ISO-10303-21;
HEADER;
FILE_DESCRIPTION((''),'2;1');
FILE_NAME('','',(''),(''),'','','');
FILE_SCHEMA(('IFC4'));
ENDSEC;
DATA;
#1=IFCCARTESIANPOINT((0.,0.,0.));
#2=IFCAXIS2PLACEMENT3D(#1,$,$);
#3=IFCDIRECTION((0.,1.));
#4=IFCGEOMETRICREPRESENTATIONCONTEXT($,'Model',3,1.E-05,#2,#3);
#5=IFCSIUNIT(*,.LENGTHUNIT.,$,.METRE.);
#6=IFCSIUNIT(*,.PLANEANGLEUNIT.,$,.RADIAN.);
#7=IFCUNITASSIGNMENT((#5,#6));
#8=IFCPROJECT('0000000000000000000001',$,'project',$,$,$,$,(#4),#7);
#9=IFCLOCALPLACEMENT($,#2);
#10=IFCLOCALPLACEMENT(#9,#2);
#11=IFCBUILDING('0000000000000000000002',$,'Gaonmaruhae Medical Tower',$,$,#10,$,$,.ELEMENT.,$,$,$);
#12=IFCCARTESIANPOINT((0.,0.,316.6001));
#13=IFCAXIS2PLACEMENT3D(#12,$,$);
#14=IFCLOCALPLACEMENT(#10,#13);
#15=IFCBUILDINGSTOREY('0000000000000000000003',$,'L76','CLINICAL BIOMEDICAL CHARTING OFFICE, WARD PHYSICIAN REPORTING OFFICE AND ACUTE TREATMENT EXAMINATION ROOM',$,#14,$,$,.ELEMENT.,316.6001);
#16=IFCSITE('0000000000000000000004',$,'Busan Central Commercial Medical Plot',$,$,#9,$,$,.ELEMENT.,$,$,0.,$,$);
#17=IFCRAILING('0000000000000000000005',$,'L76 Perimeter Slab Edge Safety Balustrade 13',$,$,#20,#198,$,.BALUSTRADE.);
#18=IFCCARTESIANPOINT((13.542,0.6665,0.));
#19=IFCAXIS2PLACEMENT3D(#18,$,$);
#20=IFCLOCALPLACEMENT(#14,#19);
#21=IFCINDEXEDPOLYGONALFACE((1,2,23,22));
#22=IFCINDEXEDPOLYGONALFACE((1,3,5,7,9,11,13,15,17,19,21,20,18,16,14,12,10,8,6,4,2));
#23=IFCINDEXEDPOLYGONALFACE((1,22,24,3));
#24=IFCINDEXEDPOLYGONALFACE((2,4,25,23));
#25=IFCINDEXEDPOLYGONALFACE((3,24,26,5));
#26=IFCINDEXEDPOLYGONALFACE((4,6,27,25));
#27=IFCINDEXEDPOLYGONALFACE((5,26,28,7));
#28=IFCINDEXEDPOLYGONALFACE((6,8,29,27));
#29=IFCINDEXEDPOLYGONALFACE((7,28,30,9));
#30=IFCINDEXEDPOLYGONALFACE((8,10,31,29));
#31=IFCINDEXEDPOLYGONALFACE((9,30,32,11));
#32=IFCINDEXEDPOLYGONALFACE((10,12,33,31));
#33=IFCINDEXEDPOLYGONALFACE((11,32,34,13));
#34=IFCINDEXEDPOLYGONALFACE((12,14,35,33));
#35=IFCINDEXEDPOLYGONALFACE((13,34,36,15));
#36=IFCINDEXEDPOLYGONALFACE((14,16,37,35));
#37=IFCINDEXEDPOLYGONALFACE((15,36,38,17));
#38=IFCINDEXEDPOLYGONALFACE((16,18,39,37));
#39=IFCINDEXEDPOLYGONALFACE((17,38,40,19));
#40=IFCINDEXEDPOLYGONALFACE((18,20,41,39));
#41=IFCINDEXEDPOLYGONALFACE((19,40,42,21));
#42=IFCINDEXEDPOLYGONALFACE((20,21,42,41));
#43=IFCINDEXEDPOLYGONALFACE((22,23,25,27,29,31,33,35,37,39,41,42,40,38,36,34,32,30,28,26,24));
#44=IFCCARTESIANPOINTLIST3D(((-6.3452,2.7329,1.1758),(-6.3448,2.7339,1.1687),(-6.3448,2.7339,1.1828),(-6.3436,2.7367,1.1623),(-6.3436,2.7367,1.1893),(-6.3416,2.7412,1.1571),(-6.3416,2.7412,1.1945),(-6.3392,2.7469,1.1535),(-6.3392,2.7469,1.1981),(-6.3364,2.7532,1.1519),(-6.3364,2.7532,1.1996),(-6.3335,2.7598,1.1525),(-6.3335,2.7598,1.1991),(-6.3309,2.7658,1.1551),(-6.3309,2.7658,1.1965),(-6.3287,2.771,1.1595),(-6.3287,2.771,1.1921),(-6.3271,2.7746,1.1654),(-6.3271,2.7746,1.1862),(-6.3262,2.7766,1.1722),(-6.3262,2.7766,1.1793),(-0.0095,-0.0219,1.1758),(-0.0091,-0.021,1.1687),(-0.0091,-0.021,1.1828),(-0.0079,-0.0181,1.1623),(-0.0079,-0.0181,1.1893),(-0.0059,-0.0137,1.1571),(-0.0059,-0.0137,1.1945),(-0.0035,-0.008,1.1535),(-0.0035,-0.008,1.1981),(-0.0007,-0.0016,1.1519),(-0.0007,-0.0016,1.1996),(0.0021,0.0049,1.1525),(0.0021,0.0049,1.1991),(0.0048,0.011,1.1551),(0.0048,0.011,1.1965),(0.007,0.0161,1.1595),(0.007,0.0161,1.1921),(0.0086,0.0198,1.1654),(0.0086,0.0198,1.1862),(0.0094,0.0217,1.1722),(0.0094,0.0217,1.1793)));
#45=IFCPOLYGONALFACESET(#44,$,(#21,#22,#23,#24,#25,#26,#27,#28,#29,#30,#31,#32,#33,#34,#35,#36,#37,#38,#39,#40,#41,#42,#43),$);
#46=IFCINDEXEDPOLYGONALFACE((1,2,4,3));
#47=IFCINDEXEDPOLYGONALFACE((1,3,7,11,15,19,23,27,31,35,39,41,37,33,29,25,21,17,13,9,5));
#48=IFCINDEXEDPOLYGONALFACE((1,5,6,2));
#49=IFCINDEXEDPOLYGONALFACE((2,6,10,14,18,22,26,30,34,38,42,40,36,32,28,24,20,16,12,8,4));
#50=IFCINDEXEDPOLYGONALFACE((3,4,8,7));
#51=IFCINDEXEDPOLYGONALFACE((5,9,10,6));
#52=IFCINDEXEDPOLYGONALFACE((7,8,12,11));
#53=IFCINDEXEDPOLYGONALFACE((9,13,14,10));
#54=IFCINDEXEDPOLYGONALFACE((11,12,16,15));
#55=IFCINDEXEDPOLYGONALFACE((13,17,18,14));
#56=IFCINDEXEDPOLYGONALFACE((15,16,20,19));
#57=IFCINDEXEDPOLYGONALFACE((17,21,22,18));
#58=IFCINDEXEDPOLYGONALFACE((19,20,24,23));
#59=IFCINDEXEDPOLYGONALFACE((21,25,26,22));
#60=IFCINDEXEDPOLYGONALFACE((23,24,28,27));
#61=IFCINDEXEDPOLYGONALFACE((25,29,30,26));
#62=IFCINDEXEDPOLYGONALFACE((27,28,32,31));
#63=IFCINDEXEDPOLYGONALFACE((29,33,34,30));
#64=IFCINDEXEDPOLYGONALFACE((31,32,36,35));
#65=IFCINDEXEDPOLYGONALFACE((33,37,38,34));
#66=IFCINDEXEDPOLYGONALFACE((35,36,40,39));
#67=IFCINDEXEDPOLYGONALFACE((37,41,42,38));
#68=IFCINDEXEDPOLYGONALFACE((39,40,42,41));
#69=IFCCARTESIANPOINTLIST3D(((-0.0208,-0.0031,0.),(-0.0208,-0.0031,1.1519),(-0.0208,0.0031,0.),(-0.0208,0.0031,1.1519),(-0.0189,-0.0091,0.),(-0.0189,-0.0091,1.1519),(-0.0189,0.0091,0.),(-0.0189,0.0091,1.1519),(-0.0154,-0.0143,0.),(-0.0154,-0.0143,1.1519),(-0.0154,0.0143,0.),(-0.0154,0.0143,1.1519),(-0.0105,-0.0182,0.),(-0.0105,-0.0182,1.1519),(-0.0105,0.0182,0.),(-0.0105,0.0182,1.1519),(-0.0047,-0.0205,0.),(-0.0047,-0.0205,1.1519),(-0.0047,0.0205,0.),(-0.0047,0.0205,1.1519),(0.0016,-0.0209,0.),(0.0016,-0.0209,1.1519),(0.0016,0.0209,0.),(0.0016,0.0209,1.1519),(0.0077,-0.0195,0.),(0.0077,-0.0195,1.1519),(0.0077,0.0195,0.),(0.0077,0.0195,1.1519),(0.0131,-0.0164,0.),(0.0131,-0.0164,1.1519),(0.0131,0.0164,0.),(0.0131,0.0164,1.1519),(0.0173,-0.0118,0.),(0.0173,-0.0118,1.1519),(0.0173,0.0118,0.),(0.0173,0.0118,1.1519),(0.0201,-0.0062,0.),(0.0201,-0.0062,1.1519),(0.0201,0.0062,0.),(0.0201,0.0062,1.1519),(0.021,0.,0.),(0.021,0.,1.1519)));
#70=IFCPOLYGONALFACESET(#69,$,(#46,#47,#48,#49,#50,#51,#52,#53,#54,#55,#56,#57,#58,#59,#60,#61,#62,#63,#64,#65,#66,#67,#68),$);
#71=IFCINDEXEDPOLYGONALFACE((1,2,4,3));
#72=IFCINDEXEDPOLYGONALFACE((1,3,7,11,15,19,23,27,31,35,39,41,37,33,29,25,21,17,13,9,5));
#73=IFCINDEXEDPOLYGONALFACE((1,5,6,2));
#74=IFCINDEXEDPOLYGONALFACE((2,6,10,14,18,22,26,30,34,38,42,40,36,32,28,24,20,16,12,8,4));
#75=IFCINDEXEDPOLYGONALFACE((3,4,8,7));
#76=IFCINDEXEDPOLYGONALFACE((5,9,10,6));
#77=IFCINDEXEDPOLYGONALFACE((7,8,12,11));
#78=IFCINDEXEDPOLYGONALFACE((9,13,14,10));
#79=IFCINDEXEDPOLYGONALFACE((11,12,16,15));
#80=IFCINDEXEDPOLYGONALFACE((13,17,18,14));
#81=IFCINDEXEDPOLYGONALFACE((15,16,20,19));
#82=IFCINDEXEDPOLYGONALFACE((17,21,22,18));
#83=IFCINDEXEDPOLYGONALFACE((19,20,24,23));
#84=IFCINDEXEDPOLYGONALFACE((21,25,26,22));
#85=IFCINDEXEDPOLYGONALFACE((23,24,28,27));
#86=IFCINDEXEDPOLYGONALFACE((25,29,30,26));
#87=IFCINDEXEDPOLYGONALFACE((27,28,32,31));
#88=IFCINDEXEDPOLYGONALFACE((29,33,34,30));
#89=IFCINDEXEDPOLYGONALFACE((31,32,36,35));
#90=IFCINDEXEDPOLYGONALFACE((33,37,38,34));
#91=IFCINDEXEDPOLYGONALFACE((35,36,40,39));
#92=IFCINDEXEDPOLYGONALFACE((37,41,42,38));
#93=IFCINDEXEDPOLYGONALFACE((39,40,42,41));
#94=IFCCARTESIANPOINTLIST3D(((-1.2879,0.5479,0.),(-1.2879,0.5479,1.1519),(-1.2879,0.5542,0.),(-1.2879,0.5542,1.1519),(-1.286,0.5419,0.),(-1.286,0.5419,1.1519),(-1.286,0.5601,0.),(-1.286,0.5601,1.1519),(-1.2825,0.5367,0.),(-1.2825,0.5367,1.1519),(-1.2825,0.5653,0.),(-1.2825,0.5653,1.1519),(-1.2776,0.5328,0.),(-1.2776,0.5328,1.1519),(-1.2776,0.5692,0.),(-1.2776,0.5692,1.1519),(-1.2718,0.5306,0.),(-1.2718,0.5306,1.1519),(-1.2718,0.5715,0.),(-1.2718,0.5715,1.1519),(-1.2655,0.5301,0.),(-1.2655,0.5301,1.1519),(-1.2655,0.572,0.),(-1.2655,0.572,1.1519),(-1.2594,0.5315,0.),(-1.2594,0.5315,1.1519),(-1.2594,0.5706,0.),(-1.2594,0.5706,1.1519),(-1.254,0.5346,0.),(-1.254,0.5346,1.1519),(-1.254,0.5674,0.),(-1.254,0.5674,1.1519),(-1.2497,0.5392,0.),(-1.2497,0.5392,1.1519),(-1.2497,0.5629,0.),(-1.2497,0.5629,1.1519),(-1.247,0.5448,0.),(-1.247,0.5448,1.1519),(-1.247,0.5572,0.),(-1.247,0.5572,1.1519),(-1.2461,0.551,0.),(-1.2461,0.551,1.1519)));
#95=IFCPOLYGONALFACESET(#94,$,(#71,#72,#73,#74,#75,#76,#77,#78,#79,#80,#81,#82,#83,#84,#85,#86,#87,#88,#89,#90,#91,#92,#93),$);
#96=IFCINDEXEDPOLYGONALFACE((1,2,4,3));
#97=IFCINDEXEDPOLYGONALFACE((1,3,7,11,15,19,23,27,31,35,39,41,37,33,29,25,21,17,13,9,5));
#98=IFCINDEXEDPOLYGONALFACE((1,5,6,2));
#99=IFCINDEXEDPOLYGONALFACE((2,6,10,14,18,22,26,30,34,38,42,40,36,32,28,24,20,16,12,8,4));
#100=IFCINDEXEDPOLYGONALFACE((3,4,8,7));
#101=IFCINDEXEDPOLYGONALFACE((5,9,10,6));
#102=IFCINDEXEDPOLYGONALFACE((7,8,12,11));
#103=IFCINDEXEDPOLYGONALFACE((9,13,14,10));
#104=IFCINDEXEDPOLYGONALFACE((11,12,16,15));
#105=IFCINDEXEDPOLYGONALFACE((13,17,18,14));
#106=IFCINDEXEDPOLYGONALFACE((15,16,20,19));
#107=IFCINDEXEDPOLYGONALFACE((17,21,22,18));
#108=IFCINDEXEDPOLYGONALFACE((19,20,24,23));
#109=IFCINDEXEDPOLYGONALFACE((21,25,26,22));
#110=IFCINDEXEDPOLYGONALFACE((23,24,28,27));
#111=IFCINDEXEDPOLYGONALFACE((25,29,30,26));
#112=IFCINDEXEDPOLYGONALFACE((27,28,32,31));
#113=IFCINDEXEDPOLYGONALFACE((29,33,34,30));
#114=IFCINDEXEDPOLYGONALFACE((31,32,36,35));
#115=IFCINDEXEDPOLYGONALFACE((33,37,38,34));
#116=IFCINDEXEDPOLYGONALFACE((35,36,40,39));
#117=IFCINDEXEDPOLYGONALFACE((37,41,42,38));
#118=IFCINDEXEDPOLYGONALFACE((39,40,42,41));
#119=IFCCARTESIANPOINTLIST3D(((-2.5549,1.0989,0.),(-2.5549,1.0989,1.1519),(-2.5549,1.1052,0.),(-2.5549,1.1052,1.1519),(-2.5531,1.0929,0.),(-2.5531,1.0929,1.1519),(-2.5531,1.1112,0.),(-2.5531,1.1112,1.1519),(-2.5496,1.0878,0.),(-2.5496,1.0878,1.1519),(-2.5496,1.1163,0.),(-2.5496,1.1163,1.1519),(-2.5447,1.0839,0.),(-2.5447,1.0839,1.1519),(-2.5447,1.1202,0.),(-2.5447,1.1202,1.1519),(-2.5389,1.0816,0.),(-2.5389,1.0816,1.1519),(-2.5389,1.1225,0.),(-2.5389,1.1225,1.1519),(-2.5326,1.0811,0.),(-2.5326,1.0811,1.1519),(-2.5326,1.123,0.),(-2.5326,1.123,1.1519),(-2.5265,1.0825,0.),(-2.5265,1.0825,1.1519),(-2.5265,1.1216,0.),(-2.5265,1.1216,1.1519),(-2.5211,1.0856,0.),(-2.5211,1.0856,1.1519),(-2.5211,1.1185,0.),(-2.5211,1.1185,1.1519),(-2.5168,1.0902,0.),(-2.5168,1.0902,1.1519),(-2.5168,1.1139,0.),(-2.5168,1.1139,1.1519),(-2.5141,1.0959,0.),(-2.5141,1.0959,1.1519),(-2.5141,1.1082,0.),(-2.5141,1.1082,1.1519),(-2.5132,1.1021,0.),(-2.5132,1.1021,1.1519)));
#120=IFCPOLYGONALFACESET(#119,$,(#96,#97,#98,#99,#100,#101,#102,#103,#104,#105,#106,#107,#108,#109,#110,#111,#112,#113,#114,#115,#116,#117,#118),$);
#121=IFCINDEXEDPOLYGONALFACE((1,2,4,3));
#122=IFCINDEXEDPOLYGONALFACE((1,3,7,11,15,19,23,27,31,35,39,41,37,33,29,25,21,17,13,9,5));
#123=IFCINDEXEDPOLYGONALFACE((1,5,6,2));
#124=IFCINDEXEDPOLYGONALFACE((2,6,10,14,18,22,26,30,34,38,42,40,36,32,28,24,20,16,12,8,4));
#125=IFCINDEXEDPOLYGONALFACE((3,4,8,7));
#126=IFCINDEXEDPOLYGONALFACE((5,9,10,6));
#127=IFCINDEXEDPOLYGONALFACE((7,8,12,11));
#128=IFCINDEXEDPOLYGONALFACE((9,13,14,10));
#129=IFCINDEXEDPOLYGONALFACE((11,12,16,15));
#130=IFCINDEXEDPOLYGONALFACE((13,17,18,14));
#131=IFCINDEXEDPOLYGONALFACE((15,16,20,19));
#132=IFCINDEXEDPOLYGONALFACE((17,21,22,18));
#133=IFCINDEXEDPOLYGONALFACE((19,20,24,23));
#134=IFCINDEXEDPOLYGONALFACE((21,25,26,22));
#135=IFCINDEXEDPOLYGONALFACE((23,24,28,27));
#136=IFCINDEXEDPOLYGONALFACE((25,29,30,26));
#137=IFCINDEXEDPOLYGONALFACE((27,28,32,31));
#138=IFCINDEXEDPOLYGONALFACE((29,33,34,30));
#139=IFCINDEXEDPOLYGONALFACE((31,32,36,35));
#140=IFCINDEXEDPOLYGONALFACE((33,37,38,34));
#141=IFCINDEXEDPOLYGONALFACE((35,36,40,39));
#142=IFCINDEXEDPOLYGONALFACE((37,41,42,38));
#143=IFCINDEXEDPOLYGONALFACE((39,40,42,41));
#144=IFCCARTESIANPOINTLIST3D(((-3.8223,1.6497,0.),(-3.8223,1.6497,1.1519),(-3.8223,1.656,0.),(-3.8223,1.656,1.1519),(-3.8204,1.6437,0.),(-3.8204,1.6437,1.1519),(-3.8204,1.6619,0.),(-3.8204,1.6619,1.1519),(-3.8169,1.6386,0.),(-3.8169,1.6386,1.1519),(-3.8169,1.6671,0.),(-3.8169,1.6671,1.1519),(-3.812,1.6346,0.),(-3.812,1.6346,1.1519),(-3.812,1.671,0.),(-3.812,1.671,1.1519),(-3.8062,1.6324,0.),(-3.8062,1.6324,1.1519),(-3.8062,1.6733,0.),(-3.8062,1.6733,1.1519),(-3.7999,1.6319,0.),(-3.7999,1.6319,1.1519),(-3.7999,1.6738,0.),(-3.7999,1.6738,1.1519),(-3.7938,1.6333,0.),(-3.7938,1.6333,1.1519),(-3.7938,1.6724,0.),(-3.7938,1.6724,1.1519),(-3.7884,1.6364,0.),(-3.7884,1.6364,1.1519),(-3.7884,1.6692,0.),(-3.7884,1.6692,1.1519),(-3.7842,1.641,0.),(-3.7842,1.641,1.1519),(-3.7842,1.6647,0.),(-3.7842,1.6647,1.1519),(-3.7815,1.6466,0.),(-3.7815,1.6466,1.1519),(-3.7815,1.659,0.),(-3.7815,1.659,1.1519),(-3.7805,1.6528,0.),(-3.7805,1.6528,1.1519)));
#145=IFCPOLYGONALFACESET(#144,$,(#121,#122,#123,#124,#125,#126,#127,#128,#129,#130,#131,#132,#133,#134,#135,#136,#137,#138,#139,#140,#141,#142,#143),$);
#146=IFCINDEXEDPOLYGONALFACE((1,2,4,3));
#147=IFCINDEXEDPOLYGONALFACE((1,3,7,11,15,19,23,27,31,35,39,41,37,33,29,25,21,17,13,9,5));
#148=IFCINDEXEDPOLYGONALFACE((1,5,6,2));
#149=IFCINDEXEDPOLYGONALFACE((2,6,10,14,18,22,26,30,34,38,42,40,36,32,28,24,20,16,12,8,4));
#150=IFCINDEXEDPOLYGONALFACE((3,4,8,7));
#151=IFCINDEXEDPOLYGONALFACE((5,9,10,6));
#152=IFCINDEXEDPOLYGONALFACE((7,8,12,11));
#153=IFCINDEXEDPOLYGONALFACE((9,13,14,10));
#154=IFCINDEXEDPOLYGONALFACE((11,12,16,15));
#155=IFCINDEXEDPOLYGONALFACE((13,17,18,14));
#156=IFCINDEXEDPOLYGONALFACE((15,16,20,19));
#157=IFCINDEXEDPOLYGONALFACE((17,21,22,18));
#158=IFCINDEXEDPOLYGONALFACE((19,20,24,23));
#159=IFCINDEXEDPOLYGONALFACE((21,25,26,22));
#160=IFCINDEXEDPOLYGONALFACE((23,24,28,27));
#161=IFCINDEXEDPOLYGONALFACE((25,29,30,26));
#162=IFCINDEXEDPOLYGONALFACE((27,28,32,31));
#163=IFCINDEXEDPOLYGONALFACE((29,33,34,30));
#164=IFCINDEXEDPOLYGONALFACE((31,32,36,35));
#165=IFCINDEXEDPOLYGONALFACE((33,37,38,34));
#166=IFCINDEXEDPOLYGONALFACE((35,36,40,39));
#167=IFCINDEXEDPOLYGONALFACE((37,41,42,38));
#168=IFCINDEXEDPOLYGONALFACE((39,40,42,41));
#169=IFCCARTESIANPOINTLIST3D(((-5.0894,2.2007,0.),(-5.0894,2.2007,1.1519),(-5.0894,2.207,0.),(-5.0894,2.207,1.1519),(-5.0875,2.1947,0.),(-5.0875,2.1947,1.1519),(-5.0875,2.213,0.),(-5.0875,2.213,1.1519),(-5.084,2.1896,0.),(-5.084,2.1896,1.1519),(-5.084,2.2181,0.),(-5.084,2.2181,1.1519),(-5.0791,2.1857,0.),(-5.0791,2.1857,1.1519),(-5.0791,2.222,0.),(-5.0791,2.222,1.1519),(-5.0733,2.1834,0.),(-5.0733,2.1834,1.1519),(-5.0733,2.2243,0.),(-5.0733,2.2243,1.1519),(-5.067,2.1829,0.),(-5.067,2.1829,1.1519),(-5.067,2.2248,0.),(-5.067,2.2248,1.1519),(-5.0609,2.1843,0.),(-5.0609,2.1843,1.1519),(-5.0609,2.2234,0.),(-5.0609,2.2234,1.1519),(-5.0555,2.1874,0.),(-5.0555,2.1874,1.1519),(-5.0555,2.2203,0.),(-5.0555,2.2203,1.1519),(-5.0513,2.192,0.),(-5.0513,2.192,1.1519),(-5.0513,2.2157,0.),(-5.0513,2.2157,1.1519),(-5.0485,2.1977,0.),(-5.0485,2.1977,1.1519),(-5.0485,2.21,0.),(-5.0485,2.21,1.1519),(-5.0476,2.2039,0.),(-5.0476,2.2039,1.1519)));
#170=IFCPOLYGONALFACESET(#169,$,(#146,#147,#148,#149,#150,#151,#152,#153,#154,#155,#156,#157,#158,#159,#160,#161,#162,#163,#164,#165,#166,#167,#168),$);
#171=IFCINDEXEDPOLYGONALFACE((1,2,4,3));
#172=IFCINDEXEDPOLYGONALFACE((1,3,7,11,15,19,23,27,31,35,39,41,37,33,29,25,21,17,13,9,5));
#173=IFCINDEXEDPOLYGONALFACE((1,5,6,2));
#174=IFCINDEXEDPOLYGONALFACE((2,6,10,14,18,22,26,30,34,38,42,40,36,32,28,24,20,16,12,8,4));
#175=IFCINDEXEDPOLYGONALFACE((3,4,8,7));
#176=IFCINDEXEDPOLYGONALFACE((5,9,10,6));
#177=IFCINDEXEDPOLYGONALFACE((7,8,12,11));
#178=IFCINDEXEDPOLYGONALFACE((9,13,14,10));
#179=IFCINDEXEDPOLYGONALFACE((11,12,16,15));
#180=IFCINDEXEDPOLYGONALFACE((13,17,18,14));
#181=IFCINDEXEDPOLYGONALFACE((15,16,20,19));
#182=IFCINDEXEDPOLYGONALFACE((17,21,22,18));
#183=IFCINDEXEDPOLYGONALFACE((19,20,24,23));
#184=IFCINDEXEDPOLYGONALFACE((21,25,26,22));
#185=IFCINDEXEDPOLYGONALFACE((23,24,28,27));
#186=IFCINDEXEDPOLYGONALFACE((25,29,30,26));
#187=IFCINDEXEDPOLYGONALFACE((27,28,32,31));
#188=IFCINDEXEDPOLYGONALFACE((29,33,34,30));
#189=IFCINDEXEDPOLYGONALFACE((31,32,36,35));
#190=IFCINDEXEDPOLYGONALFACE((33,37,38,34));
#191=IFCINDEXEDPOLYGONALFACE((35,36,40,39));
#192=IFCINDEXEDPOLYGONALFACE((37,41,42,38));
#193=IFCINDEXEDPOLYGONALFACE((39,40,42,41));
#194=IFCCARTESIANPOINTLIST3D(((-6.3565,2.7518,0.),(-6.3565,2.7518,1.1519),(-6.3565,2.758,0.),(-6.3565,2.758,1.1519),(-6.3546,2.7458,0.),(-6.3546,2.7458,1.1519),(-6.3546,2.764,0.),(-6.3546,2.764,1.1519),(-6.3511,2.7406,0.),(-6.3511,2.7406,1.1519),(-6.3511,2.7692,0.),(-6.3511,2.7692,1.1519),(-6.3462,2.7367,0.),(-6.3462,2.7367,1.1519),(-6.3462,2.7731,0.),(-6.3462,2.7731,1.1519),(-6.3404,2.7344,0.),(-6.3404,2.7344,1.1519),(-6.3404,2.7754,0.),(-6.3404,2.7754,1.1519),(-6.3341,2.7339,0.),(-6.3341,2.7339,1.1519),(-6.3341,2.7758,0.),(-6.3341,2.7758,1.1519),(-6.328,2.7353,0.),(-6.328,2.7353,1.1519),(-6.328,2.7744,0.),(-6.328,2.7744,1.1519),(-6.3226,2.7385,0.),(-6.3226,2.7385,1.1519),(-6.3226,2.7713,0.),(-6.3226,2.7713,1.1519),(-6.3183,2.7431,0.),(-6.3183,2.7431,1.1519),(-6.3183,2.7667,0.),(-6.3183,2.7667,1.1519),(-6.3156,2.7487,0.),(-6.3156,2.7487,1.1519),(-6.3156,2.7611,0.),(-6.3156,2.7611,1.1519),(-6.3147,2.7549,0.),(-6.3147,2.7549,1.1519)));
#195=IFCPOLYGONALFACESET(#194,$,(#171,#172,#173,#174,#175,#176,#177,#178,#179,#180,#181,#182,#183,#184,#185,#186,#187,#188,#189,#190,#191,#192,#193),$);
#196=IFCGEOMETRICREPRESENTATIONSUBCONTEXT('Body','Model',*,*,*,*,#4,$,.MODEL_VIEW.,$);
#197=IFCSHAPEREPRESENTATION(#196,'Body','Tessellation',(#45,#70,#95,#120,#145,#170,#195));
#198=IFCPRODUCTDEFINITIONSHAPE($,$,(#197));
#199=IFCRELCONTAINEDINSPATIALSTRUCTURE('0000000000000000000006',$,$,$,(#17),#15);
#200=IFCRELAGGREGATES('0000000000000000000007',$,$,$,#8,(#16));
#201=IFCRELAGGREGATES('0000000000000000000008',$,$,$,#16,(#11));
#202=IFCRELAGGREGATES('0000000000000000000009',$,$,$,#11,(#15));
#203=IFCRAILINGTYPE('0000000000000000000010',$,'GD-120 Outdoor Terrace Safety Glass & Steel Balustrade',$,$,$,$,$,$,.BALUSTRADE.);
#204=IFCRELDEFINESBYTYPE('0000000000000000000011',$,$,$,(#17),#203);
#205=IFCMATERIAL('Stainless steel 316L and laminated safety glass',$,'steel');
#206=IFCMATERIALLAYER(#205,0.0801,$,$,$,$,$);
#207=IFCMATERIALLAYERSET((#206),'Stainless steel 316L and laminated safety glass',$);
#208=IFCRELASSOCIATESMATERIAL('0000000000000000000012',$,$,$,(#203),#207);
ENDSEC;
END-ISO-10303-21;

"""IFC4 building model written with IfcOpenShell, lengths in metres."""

from ifc_helpers import new_model, si_unit, direction, frame, origin, origin_2d, place, context, subcontext, project, spatial, circle, extrude, material, layer, layer_set, type_object, element, save


model = new_model("IFC4")

# Units and contexts
model_context = context("Model", 3, precision=1e-05, world=origin(), true_north=direction((0.0, 1.0)))
body_context = subcontext(model_context, "Body", "Model", "MODEL_VIEW")
ifc_project = project(units=[si_unit("LENGTHUNIT", "METRE"), si_unit("PLANEANGLEUNIT", "RADIAN")], contexts=[model_context])

# Site, building, storey
site_placement = place(None, origin())
site = spatial("IfcSite", under=ifc_project, at=site_placement, Name="Busan Central Commercial Medical Plot", CompositionType="ELEMENT", RefElevation=0.0)
building_placement = place(site_placement, origin())
building = spatial("IfcBuilding", under=site, at=building_placement, Name="Gaonmaruhae Medical Tower", CompositionType="ELEMENT")
storey_placement = place(building_placement, frame((0.0, 0.0, 316.6001)))
storey = spatial("IfcBuildingStorey", under=building, at=storey_placement, Name="L76", Description="CLINICAL BIOMEDICAL CHARTING OFFICE, WARD PHYSICIAN REPORTING OFFICE AND ACUTE TREATMENT EXAMINATION ROOM", CompositionType="ELEMENT", Elevation=316.6001)

# Railing
ifc_material_1 = material(Name="Stainless steel 316L and laminated safety glass", Category="steel")
ifc_layer_1 = layer(ifc_material_1, 0.0801)
ifc_layer_set_1 = layer_set([ifc_layer_1], Name="Stainless steel 316L and laminated safety glass")
railing_type_1 = type_object("IfcRailingType", Name="GD-120 Outdoor Terrace Safety Glass & Steel Balustrade", PredefinedType="BALUSTRADE", material=ifc_layer_set_1)
railing_1_placement = place(storey_placement, frame((13.542, 0.6665, 0.0)))
element("IfcRailing", 1, at=railing_1_placement, inside=storey, type_object=railing_type_1, Name="L76 Perimeter Slab Edge Safety Balustrade 13", PredefinedType="BALUSTRADE", context=body_context, shape_type="SweptSolid", body=[
    extrude(circle(Radius=0.0239, at=origin_2d()), frame((0.0, 0.0, 1.1758), z_axis=(-0.917058, 0.398755, 0.0), x_axis=(-0.398755, -0.917058, 0.0)), (0.0, 0.0, 1.0), 6.9087),
    extrude(circle(Radius=0.021, at=origin_2d()), origin(), (0.0, 0.0, 1.0), 1.1519),
    extrude(circle(Radius=0.021, at=origin_2d()), frame((-1.2671, 0.551, 0.0)), (0.0, 0.0, 1.0), 1.1519),
    extrude(circle(Radius=0.021, at=origin_2d()), frame((-2.5342, 1.1021, 0.0)), (0.0, 0.0, 1.0), 1.1519),
    extrude(circle(Radius=0.021, at=origin_2d()), frame((-3.8015, 1.6528, 0.0)), (0.0, 0.0, 1.0), 1.1519),
    extrude(circle(Radius=0.021, at=origin_2d()), frame((-5.0686, 2.2039, 0.0)), (0.0, 0.0, 1.0), 1.1519),
    extrude(circle(Radius=0.021, at=origin_2d()), frame((-6.3357, 2.7549, 0.0)), (0.0, 0.0, 1.0), 1.1519),
])

save(model, "model.ifc")
